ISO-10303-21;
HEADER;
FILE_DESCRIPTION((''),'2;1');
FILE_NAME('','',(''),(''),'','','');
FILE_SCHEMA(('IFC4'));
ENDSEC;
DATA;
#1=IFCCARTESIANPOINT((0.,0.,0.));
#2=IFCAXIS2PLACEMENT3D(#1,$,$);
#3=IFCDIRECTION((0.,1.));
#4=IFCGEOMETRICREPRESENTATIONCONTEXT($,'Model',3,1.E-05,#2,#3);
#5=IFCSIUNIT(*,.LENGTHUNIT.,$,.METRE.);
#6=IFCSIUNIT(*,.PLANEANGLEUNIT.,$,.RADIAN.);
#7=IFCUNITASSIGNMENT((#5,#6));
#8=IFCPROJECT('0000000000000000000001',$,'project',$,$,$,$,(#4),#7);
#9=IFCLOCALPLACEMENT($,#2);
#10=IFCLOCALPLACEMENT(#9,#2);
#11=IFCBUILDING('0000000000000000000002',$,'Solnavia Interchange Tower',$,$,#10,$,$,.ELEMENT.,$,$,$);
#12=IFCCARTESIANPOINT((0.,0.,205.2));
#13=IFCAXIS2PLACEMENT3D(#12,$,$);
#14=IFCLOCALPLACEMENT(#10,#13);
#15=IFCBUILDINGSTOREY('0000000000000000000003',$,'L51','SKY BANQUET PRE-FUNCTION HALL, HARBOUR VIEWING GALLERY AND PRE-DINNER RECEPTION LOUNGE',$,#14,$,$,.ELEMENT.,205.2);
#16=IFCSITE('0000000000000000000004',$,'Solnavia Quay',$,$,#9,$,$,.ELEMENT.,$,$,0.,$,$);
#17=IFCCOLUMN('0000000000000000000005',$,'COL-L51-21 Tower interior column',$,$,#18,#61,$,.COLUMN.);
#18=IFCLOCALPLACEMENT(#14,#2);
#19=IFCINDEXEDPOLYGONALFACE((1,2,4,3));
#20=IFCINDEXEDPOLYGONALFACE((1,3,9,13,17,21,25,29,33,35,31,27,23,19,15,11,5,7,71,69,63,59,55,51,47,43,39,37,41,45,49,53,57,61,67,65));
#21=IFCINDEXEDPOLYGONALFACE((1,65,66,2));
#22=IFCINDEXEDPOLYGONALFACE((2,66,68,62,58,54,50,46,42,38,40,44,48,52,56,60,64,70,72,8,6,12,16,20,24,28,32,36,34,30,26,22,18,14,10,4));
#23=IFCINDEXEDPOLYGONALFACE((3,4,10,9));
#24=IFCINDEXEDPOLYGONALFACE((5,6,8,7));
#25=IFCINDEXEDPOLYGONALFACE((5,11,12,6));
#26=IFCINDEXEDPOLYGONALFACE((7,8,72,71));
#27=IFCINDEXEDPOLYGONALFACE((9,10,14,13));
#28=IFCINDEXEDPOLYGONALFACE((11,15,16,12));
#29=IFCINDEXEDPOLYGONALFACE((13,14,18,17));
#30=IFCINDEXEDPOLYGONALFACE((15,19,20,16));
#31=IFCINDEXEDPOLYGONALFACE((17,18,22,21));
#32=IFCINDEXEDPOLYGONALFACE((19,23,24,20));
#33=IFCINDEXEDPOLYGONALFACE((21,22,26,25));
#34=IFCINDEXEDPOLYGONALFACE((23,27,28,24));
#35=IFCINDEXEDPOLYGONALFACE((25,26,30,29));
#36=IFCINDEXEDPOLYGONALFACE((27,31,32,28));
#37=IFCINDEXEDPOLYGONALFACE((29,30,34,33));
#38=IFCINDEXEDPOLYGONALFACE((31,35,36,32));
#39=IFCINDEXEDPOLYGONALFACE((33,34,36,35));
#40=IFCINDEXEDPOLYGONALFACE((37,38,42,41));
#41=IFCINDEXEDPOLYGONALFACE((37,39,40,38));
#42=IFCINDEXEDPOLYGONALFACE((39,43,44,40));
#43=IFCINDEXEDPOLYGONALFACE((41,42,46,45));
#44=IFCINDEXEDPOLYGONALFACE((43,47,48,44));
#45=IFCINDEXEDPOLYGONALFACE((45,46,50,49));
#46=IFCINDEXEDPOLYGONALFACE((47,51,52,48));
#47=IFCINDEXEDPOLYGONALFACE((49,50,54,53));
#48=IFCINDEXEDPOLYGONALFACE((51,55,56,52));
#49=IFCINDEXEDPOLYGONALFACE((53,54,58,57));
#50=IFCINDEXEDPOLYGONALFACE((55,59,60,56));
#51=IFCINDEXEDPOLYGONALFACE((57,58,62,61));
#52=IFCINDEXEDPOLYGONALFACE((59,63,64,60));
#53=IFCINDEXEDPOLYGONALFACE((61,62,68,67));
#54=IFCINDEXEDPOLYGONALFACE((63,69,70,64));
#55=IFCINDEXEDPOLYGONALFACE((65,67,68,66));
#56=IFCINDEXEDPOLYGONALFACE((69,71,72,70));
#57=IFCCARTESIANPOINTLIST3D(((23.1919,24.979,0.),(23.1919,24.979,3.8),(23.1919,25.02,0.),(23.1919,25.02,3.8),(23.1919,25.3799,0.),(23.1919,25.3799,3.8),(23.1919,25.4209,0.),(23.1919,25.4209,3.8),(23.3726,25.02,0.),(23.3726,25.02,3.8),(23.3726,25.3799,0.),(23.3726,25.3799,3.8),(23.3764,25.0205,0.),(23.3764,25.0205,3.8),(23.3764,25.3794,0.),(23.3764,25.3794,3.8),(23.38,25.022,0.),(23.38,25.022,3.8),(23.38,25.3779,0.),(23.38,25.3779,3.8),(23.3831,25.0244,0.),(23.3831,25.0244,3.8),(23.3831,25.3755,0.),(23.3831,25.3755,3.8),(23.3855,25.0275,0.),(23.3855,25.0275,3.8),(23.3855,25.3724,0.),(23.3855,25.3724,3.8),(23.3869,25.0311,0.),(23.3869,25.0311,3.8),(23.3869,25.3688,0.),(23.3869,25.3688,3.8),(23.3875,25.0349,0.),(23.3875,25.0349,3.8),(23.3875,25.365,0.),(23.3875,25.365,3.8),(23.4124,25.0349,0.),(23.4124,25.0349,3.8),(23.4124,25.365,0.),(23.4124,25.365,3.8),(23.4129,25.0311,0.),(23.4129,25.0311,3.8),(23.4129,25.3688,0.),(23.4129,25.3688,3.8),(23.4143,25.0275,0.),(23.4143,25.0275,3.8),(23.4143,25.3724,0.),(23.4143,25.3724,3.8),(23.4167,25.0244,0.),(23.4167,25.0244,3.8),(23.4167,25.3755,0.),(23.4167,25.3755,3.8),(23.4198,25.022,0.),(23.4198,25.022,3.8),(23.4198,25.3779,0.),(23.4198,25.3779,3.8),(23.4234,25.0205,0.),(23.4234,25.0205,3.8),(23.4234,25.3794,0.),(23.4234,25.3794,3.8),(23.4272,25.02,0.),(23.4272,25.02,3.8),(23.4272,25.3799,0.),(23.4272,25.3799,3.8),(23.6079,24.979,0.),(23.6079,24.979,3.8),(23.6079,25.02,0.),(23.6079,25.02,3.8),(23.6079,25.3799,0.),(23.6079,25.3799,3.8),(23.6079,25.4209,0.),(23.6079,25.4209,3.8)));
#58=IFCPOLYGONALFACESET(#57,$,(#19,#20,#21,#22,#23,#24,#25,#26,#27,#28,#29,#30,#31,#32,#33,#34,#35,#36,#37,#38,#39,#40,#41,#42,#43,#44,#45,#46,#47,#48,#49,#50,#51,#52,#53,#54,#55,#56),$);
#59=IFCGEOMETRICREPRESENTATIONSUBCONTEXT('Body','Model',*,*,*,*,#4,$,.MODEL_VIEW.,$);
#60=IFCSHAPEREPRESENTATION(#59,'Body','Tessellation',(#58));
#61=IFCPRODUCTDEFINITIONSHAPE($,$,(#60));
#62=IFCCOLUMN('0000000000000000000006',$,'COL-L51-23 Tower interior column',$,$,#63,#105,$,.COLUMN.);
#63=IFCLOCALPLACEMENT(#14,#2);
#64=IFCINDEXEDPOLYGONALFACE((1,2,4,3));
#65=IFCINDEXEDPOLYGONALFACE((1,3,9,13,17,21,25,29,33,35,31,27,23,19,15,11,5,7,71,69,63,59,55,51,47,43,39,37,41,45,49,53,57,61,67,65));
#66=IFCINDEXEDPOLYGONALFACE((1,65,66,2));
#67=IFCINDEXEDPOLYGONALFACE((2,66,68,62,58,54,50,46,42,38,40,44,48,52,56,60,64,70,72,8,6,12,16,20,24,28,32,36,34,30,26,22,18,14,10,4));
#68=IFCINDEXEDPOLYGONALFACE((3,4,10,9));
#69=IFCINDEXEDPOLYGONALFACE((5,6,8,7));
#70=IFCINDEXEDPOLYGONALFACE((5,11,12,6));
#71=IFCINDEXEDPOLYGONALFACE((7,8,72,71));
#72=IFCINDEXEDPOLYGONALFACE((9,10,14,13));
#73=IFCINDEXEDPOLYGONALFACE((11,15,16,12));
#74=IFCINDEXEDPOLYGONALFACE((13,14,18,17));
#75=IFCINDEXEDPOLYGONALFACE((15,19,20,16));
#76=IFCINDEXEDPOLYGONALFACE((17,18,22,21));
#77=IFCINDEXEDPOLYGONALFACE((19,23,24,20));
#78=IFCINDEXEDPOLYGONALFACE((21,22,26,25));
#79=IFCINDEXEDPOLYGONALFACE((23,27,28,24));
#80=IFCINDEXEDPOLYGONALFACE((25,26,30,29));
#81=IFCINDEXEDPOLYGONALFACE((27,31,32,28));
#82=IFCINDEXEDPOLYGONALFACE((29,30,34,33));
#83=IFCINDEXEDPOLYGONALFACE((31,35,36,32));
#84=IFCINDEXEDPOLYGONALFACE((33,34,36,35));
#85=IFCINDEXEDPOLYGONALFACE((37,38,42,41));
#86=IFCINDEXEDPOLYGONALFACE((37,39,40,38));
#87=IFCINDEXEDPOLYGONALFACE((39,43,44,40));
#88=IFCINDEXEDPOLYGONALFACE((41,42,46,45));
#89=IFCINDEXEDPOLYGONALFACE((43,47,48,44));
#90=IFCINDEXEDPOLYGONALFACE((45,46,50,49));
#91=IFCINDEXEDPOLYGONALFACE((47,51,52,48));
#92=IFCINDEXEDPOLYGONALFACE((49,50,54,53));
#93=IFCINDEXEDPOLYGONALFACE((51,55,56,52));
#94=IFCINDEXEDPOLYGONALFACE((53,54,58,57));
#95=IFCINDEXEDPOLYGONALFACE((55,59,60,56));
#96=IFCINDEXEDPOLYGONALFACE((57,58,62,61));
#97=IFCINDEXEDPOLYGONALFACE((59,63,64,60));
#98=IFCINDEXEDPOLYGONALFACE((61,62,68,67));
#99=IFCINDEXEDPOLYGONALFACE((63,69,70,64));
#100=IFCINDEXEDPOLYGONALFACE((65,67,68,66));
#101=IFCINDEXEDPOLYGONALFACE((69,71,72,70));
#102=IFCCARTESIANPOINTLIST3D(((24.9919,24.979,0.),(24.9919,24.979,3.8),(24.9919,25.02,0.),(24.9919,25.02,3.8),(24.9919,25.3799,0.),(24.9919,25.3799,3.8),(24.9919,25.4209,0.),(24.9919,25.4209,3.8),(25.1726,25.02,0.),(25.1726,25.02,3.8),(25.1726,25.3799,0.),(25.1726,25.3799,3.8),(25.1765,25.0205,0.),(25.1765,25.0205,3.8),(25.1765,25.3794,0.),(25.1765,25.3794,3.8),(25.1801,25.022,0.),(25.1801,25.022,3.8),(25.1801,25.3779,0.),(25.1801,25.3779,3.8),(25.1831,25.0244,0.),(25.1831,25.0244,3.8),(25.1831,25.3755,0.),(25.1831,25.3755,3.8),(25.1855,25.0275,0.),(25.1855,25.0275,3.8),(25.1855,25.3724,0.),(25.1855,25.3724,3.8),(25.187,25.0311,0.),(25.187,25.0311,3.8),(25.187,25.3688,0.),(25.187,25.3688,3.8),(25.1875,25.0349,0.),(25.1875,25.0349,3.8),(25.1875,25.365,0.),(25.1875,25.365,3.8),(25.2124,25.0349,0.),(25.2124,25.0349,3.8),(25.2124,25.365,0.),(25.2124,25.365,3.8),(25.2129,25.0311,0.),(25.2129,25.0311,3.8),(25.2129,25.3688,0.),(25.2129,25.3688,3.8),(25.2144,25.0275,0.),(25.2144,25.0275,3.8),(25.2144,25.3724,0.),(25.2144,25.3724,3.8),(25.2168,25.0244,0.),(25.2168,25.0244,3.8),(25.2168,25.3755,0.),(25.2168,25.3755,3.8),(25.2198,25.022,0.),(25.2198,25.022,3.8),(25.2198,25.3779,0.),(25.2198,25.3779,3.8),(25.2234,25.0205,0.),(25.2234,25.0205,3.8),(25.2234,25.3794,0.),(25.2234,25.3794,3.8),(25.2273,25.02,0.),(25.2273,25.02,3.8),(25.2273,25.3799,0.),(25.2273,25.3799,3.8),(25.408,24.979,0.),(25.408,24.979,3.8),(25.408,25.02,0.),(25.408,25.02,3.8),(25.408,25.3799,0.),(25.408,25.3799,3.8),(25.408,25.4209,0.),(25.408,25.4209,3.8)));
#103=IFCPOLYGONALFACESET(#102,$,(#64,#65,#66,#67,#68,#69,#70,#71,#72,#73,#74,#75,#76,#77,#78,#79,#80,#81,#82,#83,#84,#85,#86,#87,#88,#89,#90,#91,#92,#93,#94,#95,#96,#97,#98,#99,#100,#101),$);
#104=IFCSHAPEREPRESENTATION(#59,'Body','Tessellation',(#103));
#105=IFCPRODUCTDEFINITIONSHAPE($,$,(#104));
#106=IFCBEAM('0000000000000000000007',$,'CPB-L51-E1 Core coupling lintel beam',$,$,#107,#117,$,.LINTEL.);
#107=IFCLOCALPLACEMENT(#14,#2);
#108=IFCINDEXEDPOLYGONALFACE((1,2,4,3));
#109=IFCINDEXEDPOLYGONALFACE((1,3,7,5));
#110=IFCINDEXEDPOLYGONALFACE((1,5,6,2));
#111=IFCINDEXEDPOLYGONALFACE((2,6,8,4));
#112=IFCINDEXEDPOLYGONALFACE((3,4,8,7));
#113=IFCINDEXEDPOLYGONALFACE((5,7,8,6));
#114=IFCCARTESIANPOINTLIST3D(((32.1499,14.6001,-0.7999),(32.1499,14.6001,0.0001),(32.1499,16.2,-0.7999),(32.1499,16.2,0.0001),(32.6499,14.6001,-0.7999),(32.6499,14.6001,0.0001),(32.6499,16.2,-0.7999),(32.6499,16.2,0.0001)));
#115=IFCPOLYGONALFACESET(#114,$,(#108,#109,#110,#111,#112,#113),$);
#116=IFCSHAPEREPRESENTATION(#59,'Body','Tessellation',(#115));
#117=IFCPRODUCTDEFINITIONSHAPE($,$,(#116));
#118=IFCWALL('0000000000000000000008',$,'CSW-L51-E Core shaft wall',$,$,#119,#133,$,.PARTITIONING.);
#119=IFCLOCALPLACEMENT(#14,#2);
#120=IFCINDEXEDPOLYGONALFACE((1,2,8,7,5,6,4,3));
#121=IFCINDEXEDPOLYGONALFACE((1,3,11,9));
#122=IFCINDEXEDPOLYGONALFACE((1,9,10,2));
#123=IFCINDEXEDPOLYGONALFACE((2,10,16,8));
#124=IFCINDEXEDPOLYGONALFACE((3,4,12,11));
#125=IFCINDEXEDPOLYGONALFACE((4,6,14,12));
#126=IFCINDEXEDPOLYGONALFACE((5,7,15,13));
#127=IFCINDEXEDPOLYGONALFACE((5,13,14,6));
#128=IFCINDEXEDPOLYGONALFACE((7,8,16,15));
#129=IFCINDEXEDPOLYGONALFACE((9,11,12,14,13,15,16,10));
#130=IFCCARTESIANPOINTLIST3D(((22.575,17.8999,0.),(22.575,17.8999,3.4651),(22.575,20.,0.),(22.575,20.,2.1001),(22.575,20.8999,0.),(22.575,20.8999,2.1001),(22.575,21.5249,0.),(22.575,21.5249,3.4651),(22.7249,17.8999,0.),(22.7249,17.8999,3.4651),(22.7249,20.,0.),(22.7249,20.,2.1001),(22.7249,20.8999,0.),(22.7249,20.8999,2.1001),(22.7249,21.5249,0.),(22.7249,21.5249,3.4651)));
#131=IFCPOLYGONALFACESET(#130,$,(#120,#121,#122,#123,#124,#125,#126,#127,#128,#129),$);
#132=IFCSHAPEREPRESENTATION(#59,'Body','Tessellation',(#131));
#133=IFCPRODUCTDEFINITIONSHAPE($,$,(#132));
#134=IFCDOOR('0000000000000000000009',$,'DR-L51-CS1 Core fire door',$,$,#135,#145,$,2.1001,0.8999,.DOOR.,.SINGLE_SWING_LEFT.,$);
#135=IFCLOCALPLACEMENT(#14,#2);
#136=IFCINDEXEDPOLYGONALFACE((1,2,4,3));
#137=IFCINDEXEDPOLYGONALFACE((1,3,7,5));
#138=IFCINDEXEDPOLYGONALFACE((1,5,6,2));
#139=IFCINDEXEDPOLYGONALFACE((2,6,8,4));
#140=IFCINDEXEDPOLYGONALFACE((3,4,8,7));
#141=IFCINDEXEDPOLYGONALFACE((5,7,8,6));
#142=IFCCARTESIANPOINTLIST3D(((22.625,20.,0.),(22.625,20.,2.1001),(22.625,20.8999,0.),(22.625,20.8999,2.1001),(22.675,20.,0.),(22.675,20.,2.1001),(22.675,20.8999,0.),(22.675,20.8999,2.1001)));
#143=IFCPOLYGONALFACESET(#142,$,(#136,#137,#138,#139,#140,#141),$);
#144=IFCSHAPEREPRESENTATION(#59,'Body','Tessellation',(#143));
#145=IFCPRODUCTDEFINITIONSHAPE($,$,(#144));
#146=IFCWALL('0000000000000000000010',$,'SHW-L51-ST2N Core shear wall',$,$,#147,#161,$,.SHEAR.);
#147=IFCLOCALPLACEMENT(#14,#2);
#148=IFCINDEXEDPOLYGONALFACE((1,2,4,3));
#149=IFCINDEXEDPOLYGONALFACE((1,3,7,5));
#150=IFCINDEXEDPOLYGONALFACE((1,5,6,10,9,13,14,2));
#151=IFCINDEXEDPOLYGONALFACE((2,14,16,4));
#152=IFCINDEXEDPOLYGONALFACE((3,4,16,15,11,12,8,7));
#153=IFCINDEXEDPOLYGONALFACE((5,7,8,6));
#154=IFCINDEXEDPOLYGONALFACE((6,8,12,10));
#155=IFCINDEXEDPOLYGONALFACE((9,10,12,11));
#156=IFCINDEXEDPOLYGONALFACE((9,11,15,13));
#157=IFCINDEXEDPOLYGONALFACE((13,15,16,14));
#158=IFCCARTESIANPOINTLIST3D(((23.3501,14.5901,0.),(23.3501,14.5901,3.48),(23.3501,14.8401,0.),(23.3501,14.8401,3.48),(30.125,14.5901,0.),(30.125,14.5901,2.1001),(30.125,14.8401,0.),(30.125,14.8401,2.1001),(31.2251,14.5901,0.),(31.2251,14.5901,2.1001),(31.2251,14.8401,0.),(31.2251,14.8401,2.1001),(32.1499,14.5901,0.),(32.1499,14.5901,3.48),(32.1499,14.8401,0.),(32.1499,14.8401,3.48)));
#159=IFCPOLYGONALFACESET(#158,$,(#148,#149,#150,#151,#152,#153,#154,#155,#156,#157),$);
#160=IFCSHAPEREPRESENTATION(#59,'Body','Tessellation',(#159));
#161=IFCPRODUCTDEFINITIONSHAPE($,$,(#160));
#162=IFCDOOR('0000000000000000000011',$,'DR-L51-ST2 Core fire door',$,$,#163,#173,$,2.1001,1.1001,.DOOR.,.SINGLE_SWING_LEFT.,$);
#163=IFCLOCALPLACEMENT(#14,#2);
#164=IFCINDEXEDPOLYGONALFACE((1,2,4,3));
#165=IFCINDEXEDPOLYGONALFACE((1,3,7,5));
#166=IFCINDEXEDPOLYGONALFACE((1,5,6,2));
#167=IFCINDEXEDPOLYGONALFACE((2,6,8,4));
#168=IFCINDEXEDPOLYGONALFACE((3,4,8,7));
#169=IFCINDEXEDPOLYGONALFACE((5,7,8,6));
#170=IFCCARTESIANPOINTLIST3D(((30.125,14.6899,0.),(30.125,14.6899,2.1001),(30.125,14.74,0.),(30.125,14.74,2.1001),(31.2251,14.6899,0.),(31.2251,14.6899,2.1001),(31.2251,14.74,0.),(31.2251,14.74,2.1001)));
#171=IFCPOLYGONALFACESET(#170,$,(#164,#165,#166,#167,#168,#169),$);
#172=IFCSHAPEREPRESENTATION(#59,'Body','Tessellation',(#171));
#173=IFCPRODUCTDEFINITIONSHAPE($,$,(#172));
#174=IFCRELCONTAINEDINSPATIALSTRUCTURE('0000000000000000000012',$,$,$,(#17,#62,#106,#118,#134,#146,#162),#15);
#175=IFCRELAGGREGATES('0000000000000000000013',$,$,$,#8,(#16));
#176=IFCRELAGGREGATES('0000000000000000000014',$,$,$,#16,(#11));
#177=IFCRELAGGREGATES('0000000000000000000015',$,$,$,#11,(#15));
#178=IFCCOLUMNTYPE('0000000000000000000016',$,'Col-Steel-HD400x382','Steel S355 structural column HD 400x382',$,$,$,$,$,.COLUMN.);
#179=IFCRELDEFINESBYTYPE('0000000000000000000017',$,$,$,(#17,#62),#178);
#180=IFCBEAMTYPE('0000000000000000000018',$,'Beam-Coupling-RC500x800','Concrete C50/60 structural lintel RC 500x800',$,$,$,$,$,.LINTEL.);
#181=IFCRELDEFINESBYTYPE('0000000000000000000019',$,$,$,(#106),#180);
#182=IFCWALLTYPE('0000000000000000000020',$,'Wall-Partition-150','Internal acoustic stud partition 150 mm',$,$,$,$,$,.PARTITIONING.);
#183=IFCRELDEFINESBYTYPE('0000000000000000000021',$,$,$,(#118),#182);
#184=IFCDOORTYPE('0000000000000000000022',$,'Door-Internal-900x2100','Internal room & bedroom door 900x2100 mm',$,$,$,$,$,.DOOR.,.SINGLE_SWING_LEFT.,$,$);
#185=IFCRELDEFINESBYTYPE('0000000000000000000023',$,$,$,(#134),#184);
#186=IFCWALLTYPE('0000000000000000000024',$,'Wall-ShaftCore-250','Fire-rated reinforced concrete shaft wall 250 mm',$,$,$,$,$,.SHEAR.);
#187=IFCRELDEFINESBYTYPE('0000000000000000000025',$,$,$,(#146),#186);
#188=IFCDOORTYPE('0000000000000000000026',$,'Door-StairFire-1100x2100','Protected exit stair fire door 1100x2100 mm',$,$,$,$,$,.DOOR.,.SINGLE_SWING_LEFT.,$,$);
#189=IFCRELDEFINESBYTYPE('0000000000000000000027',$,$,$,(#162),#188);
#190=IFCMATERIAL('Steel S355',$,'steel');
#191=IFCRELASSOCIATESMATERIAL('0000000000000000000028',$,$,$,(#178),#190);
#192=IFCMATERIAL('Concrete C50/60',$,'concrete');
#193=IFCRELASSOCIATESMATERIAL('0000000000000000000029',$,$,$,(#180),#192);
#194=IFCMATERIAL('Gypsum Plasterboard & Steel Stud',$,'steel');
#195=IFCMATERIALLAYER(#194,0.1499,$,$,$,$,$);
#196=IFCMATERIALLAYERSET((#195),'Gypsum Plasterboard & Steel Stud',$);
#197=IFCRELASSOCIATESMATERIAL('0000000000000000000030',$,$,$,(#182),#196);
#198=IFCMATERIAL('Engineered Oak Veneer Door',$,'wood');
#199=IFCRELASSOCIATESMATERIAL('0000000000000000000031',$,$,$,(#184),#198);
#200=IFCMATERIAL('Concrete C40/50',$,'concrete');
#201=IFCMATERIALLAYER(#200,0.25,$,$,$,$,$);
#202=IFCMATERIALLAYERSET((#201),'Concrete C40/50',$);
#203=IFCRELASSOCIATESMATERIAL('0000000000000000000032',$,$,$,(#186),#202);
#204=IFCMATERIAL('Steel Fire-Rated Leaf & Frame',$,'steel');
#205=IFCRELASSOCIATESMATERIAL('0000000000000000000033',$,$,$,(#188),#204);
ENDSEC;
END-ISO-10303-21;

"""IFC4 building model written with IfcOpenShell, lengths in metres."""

from ifc_helpers import new_model, si_unit, direction, frame, frame_2d, origin, origin_2d, place, context, subcontext, project, spatial, rectangle, i_section, extrude, material, layer, layer_set, material_profile, profile_set, type_object, element, fill, save


model = new_model("IFC4")

# Units and contexts
model_context = context("Model", 3, precision=1e-05, world=origin(), true_north=direction((0.0, 1.0)))
body_context = subcontext(model_context, "Body", "Model", "MODEL_VIEW")
ifc_project = project(units=[si_unit("LENGTHUNIT", "METRE"), si_unit("PLANEANGLEUNIT", "RADIAN")], contexts=[model_context])

# Site, building, storey
site_placement = place(None, origin())
site = spatial("IfcSite", under=ifc_project, at=site_placement, Name="Solnavia Quay", CompositionType="ELEMENT", RefElevation=0.0)
building_placement = place(site_placement, origin())
building = spatial("IfcBuilding", under=site, at=building_placement, Name="Solnavia Interchange Tower", CompositionType="ELEMENT")
storey_placement = place(building_placement, frame((0.0, 0.0, 205.2)))
storey = spatial("IfcBuildingStorey", under=building, at=storey_placement, Name="L51", Description="SKY BANQUET PRE-FUNCTION HALL, HARBOUR VIEWING GALLERY AND PRE-DINNER RECEPTION LOUNGE", CompositionType="ELEMENT", Elevation=205.2)

# Columns
ifc_material_1 = material(Name="Steel S355", Category="steel")
ifc_material_profile_1 = material_profile(ifc_material_1, i_section(OverallWidth=0.416, OverallDepth=0.4419, WebThickness=0.0249, FlangeThickness=0.041, FilletRadius=0.0149, at=origin_2d()), Name="HD 400x382")
ifc_profile_set_1 = profile_set([ifc_material_profile_1], Name="Steel S355")
column_type = type_object("IfcColumnType", Name="Col-Steel-HD400x382", Description="Steel S355 structural column HD 400x382", PredefinedType="COLUMN", material=ifc_profile_set_1)
for number, where, z_axis, x_axis, name in (
    (1, (23.3999, 25.2, 0.0), (0.0, 0.0, 1.0), (1.0, 0.0, 0.0), "COL-L51-21 Tower interior column"),
    (2, (25.2, 25.2, 0.0), (0.0, 0.0, 1.0), (1.0, 0.0, 0.0), "COL-L51-23 Tower interior column"),
):
    element("IfcColumn", number, at=place(storey_placement, frame(where, z_axis=z_axis, x_axis=x_axis)), inside=storey, type_object=column_type, Name=name, PredefinedType="COLUMN", context=body_context, shape_type="SweptSolid", body=[
        extrude(i_section(OverallWidth=0.416, OverallDepth=0.4419, WebThickness=0.0249, FlangeThickness=0.041, FilletRadius=0.0149, at=origin_2d()), origin(), (0.0, 0.0, 1.0), 3.8),
    ])

# Beam
ifc_material_2 = material(Name="Concrete C50/60", Category="concrete")
ifc_material_profile_2 = material_profile(ifc_material_2, rectangle(XDim=0.5, YDim=0.8, at=origin_2d()), Name="RC 500x800")
ifc_profile_set_2 = profile_set([ifc_material_profile_2], Name="Concrete C50/60")
beam_type = type_object("IfcBeamType", Name="Beam-Coupling-RC500x800", Description="Concrete C50/60 structural lintel RC 500x800", PredefinedType="LINTEL", material=ifc_profile_set_2)
beam_placement = place(storey_placement, frame((32.3999, 14.6001, -0.3999), z_axis=(0.0, 1.0, 0.0), x_axis=(-1.0, 0.0, 0.0)))
element("IfcBeam", 3, at=beam_placement, inside=storey, type_object=beam_type, Name="CPB-L51-E1 Core coupling lintel beam", PredefinedType="LINTEL", context=body_context, shape_type="SweptSolid", body=[
    extrude(rectangle(XDim=0.5, YDim=0.8, at=origin_2d()), origin(), (0.0, 0.0, 1.0), 1.5999),
])

# Walls, openings, doors
ifc_material_3 = material(Name="Gypsum Plasterboard & Steel Stud", Category="steel")
ifc_layer_1 = layer(ifc_material_3, 0.1499)
ifc_layer_set_1 = layer_set([ifc_layer_1], Name="Gypsum Plasterboard & Steel Stud")
wall_type_1 = type_object("IfcWallType", Name="Wall-Partition-150", Description="Internal acoustic stud partition 150 mm", PredefinedType="PARTITIONING", material=ifc_layer_set_1)
wall_1_placement = place(storey_placement, frame((22.6499, 17.8999, 0.0), z_axis=(0.0, 0.0, 1.0), x_axis=(0.0, 1.0, 0.0)))
wall_1 = element("IfcWall", 4, at=wall_1_placement, inside=storey, type_object=wall_type_1, Name="CSW-L51-E Core shaft wall", PredefinedType="PARTITIONING", context=body_context, shape_type="SweptSolid", body=[
    extrude(rectangle(XDim=3.625, YDim=0.1499, at=frame_2d((1.8125, 0.0))), origin(), (0.0, 0.0, 1.0), 3.4651),
])
opening_1_placement = place(wall_1_placement, frame((2.1001, 0.0, 0.0)))
opening_1 = element("IfcOpeningElement", 5, at=opening_1_placement, cuts=wall_1, PredefinedType="OPENING", context=body_context, shape_type="SweptSolid", body=[
    extrude(rectangle(XDim=0.8999, YDim=2.1001, at=frame_2d((0.45, 1.05))), frame((0.0, 0.085, 0.0), z_axis=(0.0, -1.0, 0.0), x_axis=(1.0, 0.0, 0.0)), (0.0, 0.0, 1.0), 0.1699),
])
ifc_material_4 = material(Name="Engineered Oak Veneer Door", Category="wood")
door_type_1 = type_object("IfcDoorType", Name="Door-Internal-900x2100", Description="Internal room & bedroom door 900x2100 mm", OperationType="SINGLE_SWING_LEFT", PredefinedType="DOOR", material=ifc_material_4)
door_1_placement = place(opening_1_placement, origin())
door_1 = element("IfcDoor", 6, at=door_1_placement, inside=storey, type_object=door_type_1, Name="DR-L51-CS1 Core fire door", OperationType="SINGLE_SWING_LEFT", OverallHeight=2.1001, OverallWidth=0.8999, PredefinedType="DOOR", context=body_context, shape_type="SweptSolid", body=[
    extrude(rectangle(XDim=0.8999, YDim=2.1001, at=frame_2d((0.45, 1.05))), frame((0.0, 0.0249, 0.0), z_axis=(0.0, -1.0, 0.0), x_axis=(1.0, 0.0, 0.0)), (0.0, 0.0, 1.0), 0.05),
])
fill(opening_1, door_1)
ifc_material_5 = material(Name="Concrete C40/50", Category="concrete")
ifc_layer_2 = layer(ifc_material_5, 0.25)
ifc_layer_set_2 = layer_set([ifc_layer_2], Name="Concrete C40/50")
wall_type_2 = type_object("IfcWallType", Name="Wall-ShaftCore-250", Description="Fire-rated reinforced concrete shaft wall 250 mm", PredefinedType="SHEAR", material=ifc_layer_set_2)
wall_2_placement = place(storey_placement, frame((23.3501, 14.7151, 0.0), z_axis=(0.0, 0.0, 1.0), x_axis=(1.0, 0.0, 0.0)))
wall_2 = element("IfcWall", 7, at=wall_2_placement, inside=storey, type_object=wall_type_2, Name="SHW-L51-ST2N Core shear wall", PredefinedType="SHEAR", context=body_context, shape_type="SweptSolid", body=[
    extrude(rectangle(XDim=8.7998, YDim=0.25, at=frame_2d((4.3999, 0.0))), origin(), (0.0, 0.0, 1.0), 3.48),
])
opening_2_placement = place(wall_2_placement, frame((6.7749, 0.0, 0.0)))
opening_2 = element("IfcOpeningElement", 8, at=opening_2_placement, cuts=wall_2, PredefinedType="OPENING", context=body_context, shape_type="SweptSolid", body=[
    extrude(rectangle(XDim=1.1001, YDim=2.1001, at=frame_2d((0.55, 1.05))), frame((0.0, 0.135, 0.0), z_axis=(0.0, -1.0, 0.0), x_axis=(1.0, 0.0, 0.0)), (0.0, 0.0, 1.0), 0.27),
])
ifc_material_6 = material(Name="Steel Fire-Rated Leaf & Frame", Category="steel")
door_type_2 = type_object("IfcDoorType", Name="Door-StairFire-1100x2100", Description="Protected exit stair fire door 1100x2100 mm", OperationType="SINGLE_SWING_LEFT", PredefinedType="DOOR", material=ifc_material_6)
door_2_placement = place(opening_2_placement, origin())
door_2 = element("IfcDoor", 9, at=door_2_placement, inside=storey, type_object=door_type_2, Name="DR-L51-ST2 Core fire door", OperationType="SINGLE_SWING_LEFT", OverallHeight=2.1001, OverallWidth=1.1001, PredefinedType="DOOR", context=body_context, shape_type="SweptSolid", body=[
    extrude(rectangle(XDim=1.1001, YDim=2.1001, at=frame_2d((0.55, 1.05))), frame((0.0, 0.0249, 0.0), z_axis=(0.0, -1.0, 0.0), x_axis=(1.0, 0.0, 0.0)), (0.0, 0.0, 1.0), 0.05),
])
fill(opening_2, door_2)

save(model, "model.ifc")
